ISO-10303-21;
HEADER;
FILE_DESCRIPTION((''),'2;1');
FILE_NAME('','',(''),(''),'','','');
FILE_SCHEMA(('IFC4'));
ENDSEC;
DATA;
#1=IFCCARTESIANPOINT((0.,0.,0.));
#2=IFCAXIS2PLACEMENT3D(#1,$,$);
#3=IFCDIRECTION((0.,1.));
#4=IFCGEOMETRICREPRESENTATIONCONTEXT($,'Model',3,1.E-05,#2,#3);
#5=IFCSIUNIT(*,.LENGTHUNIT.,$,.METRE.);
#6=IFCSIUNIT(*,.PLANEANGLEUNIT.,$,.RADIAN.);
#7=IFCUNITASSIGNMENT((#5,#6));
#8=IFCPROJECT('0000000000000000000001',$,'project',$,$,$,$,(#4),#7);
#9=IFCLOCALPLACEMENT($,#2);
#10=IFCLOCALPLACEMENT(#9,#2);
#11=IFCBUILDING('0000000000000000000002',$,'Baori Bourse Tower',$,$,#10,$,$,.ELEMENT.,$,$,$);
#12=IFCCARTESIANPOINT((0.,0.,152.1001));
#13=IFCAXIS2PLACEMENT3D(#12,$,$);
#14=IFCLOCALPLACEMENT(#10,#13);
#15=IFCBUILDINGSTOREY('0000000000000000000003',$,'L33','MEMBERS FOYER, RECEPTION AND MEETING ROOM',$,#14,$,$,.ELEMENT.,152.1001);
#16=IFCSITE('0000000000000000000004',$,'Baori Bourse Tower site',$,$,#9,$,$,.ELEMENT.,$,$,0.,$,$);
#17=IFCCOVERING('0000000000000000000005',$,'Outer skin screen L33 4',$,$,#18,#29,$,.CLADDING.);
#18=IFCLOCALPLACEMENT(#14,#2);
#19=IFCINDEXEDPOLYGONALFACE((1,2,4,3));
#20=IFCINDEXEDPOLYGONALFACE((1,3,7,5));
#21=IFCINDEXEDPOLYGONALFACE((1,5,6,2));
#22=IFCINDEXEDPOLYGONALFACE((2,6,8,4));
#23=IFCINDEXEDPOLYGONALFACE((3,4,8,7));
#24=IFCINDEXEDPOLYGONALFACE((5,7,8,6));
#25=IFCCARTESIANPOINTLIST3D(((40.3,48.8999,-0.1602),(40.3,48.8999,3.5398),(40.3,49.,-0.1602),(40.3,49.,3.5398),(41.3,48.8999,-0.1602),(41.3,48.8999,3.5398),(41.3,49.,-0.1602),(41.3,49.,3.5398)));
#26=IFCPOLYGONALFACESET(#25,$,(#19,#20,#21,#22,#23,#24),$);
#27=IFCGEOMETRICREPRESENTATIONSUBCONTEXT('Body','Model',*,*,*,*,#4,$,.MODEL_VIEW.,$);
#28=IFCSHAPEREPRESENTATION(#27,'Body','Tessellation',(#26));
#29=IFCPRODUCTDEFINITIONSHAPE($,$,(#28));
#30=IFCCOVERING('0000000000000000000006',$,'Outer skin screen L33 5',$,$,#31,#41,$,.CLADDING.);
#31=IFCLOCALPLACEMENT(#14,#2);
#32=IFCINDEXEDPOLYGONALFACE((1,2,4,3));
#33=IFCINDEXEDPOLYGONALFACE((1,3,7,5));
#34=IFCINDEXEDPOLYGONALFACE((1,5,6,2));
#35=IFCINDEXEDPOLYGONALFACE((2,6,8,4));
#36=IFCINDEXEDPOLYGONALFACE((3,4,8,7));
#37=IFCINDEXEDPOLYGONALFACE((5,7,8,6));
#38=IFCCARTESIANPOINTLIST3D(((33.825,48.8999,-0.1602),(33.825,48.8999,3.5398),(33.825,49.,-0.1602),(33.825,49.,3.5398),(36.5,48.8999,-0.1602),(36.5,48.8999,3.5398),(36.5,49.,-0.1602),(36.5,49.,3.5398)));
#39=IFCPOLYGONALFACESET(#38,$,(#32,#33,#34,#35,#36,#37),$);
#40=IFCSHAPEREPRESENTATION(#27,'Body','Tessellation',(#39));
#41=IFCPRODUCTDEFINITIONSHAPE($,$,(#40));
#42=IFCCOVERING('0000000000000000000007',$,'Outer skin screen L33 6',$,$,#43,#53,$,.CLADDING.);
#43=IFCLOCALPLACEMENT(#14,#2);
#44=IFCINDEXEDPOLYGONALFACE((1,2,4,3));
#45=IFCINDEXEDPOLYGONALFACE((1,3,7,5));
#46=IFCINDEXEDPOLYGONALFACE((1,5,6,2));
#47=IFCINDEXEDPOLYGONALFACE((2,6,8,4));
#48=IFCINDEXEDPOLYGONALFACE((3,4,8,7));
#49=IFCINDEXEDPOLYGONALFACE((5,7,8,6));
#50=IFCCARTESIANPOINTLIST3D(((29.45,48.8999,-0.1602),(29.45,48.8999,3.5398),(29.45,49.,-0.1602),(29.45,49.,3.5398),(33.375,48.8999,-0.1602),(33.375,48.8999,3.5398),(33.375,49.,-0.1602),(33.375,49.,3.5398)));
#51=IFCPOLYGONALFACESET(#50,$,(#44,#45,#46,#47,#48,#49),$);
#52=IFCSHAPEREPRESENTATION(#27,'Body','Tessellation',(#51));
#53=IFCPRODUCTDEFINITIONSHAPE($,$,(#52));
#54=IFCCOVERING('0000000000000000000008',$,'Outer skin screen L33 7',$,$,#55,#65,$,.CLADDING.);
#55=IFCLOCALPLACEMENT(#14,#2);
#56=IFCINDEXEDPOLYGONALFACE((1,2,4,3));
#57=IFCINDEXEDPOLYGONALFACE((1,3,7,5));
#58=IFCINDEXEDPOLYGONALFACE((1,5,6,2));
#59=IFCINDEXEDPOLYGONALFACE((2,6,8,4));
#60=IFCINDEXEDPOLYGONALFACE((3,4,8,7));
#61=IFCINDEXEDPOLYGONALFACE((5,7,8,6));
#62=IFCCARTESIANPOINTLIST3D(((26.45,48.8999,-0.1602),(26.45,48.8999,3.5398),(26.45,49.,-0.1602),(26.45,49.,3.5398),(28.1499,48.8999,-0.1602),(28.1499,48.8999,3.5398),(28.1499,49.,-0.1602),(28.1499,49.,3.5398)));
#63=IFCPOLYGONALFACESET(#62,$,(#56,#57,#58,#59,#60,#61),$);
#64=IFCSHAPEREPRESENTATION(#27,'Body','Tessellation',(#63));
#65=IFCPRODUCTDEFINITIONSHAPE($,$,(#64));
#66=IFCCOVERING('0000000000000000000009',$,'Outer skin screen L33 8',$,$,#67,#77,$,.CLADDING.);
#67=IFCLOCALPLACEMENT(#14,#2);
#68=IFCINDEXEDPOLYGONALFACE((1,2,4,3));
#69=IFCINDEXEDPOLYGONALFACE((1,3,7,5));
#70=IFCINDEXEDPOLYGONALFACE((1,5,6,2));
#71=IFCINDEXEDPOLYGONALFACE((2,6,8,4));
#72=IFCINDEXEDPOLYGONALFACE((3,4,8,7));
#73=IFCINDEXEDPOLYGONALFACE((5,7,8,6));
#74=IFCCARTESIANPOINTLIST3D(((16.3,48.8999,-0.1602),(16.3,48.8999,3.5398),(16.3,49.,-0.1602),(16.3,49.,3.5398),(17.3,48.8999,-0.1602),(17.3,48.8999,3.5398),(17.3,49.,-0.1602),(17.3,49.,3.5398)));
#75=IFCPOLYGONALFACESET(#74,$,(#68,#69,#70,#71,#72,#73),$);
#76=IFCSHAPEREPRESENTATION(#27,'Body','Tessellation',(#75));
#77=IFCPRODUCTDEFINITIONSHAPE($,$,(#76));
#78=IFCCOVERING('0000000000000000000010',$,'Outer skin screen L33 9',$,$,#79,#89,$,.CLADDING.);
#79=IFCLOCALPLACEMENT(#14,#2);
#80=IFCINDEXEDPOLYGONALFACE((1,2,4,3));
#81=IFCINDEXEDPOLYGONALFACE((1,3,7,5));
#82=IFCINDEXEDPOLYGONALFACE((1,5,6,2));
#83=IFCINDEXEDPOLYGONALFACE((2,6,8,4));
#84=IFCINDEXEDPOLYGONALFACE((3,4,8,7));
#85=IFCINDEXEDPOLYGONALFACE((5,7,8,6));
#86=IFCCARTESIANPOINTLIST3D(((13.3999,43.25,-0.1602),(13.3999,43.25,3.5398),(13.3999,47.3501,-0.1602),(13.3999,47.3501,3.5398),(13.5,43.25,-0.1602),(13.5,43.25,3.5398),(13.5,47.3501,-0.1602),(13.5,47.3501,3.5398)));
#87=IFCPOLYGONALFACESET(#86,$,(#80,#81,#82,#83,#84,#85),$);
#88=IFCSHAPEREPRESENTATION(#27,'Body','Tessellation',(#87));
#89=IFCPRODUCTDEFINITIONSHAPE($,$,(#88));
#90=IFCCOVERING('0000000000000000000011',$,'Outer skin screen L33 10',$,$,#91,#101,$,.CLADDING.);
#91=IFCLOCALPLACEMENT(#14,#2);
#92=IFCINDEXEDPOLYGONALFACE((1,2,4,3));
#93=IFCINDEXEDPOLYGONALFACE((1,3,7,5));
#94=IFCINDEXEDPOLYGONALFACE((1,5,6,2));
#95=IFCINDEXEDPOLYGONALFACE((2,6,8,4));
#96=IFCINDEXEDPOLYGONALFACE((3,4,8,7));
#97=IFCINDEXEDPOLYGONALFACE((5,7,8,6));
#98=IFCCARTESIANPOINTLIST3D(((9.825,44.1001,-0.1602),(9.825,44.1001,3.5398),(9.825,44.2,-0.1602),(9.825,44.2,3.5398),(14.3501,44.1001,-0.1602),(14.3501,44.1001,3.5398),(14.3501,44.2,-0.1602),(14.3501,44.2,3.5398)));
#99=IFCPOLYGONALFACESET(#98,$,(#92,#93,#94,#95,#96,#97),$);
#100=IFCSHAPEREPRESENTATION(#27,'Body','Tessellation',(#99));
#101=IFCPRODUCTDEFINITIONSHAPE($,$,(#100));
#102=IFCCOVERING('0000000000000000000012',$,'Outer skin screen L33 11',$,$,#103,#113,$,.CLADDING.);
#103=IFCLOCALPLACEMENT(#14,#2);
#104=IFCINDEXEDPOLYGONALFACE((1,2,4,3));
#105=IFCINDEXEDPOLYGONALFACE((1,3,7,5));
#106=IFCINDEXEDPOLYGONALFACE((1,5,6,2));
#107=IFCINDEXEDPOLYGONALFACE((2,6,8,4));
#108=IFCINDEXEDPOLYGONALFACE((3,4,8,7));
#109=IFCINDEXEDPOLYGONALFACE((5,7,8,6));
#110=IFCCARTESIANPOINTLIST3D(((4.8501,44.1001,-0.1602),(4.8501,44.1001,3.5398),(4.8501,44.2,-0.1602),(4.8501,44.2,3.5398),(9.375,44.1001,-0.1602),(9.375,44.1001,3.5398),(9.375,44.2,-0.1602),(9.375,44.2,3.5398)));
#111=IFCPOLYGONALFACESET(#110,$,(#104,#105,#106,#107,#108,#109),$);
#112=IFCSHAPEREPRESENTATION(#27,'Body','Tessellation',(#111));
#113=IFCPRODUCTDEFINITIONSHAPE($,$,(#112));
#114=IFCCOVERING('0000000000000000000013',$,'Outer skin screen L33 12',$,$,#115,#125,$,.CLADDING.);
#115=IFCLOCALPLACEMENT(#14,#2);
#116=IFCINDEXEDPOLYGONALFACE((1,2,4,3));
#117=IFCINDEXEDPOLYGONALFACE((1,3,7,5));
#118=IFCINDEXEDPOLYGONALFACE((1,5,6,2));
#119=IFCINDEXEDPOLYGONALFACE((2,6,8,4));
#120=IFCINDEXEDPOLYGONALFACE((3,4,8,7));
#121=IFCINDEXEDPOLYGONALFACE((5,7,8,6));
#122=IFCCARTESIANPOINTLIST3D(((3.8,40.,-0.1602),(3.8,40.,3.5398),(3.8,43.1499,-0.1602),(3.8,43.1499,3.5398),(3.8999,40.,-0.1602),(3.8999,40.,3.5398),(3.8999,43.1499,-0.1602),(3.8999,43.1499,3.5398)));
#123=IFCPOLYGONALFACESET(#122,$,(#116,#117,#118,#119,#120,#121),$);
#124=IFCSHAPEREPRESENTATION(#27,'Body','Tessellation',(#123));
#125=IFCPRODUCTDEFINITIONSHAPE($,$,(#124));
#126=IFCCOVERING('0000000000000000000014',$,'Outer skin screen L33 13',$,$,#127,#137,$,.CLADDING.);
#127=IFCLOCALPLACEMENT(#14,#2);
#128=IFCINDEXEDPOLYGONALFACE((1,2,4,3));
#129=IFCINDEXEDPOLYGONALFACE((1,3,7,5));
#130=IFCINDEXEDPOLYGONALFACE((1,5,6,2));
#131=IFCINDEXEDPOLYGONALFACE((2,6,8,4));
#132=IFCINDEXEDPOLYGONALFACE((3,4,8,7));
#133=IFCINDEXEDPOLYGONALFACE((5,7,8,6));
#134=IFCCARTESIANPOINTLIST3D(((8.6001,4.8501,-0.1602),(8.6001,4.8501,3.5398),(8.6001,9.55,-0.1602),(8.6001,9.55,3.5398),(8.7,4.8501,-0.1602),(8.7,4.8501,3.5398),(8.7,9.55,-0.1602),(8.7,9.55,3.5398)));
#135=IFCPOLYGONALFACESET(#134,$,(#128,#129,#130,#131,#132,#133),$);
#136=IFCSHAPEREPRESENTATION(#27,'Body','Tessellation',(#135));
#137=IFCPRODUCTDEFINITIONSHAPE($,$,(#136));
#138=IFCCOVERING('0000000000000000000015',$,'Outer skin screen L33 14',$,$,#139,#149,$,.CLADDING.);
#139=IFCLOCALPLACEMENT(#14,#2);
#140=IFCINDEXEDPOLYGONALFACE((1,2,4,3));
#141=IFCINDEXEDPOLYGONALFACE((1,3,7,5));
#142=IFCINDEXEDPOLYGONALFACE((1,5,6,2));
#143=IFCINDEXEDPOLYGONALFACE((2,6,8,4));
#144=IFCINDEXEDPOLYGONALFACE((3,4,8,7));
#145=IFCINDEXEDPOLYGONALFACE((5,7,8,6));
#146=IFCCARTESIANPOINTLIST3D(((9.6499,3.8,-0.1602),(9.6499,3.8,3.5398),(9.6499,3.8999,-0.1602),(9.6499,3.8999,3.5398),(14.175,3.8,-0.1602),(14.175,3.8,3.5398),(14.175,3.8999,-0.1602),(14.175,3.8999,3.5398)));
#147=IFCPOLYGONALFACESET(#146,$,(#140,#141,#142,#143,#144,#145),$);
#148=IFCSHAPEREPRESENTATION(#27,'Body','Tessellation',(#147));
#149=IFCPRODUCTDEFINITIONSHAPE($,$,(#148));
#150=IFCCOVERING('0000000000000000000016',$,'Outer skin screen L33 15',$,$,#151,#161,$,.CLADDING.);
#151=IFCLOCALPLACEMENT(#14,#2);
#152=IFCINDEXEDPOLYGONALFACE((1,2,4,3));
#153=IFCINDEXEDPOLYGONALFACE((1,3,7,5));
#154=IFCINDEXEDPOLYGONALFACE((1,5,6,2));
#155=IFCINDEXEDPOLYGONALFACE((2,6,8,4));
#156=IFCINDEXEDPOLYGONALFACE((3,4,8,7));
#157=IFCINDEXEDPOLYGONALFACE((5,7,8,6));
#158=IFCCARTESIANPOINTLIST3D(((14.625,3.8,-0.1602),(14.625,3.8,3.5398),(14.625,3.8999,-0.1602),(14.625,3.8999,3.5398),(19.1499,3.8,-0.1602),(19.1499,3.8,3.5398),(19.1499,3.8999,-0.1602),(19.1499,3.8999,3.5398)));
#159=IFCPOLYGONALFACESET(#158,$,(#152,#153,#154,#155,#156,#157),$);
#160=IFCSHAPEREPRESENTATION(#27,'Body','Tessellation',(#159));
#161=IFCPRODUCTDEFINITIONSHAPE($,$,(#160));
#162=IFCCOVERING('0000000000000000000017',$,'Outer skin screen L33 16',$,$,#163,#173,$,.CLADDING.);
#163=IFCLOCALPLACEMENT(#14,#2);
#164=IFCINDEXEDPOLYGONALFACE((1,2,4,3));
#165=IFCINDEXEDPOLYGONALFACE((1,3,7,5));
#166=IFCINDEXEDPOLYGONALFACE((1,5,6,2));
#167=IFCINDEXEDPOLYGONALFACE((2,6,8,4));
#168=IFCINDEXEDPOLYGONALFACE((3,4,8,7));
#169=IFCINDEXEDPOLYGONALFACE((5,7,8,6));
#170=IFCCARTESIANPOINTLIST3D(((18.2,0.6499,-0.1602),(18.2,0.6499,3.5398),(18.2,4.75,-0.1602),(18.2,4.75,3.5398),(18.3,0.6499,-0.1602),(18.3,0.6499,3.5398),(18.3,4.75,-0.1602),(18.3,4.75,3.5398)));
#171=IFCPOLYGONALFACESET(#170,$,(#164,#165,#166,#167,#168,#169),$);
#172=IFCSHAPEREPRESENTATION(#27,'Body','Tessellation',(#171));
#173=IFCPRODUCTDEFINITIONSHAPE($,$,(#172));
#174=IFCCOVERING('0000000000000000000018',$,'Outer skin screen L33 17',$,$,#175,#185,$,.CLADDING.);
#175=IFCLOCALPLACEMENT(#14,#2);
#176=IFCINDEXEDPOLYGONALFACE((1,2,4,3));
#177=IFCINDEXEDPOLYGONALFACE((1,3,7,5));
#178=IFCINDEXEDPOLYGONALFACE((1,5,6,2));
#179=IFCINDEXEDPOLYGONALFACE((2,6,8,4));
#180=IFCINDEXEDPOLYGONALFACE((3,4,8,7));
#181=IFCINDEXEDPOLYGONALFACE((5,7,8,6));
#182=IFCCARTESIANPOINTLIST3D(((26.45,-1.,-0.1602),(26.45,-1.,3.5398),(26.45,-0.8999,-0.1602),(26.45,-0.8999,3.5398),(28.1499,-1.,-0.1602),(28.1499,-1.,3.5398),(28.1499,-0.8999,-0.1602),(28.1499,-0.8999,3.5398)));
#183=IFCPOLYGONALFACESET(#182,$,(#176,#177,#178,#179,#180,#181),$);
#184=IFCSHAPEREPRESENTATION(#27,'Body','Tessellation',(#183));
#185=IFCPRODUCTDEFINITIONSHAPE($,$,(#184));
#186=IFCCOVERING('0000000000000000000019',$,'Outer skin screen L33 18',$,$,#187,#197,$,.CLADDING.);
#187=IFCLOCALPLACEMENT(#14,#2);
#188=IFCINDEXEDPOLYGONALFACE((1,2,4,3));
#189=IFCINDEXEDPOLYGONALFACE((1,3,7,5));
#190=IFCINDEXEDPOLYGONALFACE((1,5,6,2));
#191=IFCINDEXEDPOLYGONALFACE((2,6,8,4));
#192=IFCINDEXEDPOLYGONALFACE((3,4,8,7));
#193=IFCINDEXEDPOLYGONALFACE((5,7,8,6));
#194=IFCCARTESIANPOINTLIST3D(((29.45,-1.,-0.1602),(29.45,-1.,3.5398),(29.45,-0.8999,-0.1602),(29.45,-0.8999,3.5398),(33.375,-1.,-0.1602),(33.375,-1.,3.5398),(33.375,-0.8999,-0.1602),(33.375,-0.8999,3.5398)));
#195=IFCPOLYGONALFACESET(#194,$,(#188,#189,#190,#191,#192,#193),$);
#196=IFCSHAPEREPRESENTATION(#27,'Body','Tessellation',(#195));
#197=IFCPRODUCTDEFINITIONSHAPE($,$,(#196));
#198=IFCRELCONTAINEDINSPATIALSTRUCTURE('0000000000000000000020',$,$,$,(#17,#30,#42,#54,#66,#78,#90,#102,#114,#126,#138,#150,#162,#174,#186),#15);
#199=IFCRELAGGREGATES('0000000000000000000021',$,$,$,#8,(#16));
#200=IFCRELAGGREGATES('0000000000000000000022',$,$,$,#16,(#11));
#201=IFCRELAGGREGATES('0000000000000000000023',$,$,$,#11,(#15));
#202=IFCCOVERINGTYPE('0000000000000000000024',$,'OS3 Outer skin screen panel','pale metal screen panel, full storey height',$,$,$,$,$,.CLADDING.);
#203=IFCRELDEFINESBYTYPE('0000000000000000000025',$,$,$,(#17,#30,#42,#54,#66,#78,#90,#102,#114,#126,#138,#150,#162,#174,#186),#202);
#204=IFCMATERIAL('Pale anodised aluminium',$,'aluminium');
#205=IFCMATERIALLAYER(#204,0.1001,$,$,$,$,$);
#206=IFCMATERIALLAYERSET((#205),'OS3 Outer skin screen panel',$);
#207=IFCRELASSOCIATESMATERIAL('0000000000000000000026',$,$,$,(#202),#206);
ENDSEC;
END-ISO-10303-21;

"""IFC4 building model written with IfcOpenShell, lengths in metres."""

from ifc_helpers import new_model, si_unit, direction, frame, origin, place, context, subcontext, project, spatial, polyline, outline, extrude, material, layer, layer_set, type_object, element, save


model = new_model("IFC4")

# Units and contexts
model_context = context("Model", 3, precision=1e-05, world=origin(), true_north=direction((0.0, 1.0)))
body_context = subcontext(model_context, "Body", "Model", "MODEL_VIEW")
ifc_project = project(units=[si_unit("LENGTHUNIT", "METRE"), si_unit("PLANEANGLEUNIT", "RADIAN")], contexts=[model_context])

# Site, building, storey
site_placement = place(None, origin())
site = spatial("IfcSite", under=ifc_project, at=site_placement, Name="Baori Bourse Tower site", CompositionType="ELEMENT", RefElevation=0.0)
building_placement = place(site_placement, origin())
building = spatial("IfcBuilding", under=site, at=building_placement, Name="Baori Bourse Tower", CompositionType="ELEMENT")
storey_placement = place(building_placement, frame((0.0, 0.0, 152.1001)))
storey = spatial("IfcBuildingStorey", under=building, at=storey_placement, Name="L33", Description="MEMBERS FOYER, RECEPTION AND MEETING ROOM", CompositionType="ELEMENT", Elevation=152.1001)

# Coverings
ifc_material_1 = material(Name="Pale anodised aluminium", Category="aluminium")
ifc_layer_1 = layer(ifc_material_1, 0.1001)
ifc_layer_set_1 = layer_set([ifc_layer_1], Name="OS3 Outer skin screen panel")
covering_type = type_object("IfcCoveringType", Name="OS3 Outer skin screen panel", Description="pale metal screen panel, full storey height", PredefinedType="CLADDING", material=ifc_layer_set_1)
covering_1_placement = place(storey_placement, frame((0.0, 0.0, -0.1602)))
element("IfcCovering", 1, at=covering_1_placement, inside=storey, type_object=covering_type, Name="Outer skin screen L33 4", PredefinedType="CLADDING", context=body_context, shape_type="SweptSolid", body=[
    extrude(outline(polyline([(40.3, 48.8999), (41.3, 48.8999), (41.3, 49.0), (40.3, 49.0), (40.3, 48.8999)])), origin(), (0.0, 0.0, 1.0), 3.7),
])
covering_2_placement = place(storey_placement, frame((0.0, 0.0, -0.1602)))
element("IfcCovering", 2, at=covering_2_placement, inside=storey, type_object=covering_type, Name="Outer skin screen L33 5", PredefinedType="CLADDING", context=body_context, shape_type="SweptSolid", body=[
    extrude(outline(polyline([(33.825, 48.8999), (36.5, 48.8999), (36.5, 49.0), (33.825, 49.0), (33.825, 48.8999)])), origin(), (0.0, 0.0, 1.0), 3.7),
])
covering_3_placement = place(storey_placement, frame((0.0, 0.0, -0.1602)))
element("IfcCovering", 3, at=covering_3_placement, inside=storey, type_object=covering_type, Name="Outer skin screen L33 6", PredefinedType="CLADDING", context=body_context, shape_type="SweptSolid", body=[
    extrude(outline(polyline([(29.45, 48.8999), (33.375, 48.8999), (33.375, 49.0), (29.45, 49.0), (29.45, 48.8999)])), origin(), (0.0, 0.0, 1.0), 3.7),
])
covering_4_placement = place(storey_placement, frame((0.0, 0.0, -0.1602)))
element("IfcCovering", 4, at=covering_4_placement, inside=storey, type_object=covering_type, Name="Outer skin screen L33 7", PredefinedType="CLADDING", context=body_context, shape_type="SweptSolid", body=[
    extrude(outline(polyline([(26.45, 48.8999), (28.1499, 48.8999), (28.1499, 49.0), (26.45, 49.0), (26.45, 48.8999)])), origin(), (0.0, 0.0, 1.0), 3.7),
])
covering_5_placement = place(storey_placement, frame((0.0, 0.0, -0.1602)))
element("IfcCovering", 5, at=covering_5_placement, inside=storey, type_object=covering_type, Name="Outer skin screen L33 8", PredefinedType="CLADDING", context=body_context, shape_type="SweptSolid", body=[
    extrude(outline(polyline([(16.3, 48.8999), (17.3, 48.8999), (17.3, 49.0), (16.3, 49.0), (16.3, 48.8999)])), origin(), (0.0, 0.0, 1.0), 3.7),
])
covering_6_placement = place(storey_placement, frame((0.0, 0.0, -0.1602)))
element("IfcCovering", 6, at=covering_6_placement, inside=storey, type_object=covering_type, Name="Outer skin screen L33 9", PredefinedType="CLADDING", context=body_context, shape_type="SweptSolid", body=[
    extrude(outline(polyline([(13.5, 43.25), (13.5, 47.3501), (13.3999, 47.3501), (13.3999, 43.25), (13.5, 43.25)])), origin(), (0.0, 0.0, 1.0), 3.7),
])
covering_7_placement = place(storey_placement, frame((0.0, 0.0, -0.1602)))
element("IfcCovering", 7, at=covering_7_placement, inside=storey, type_object=covering_type, Name="Outer skin screen L33 10", PredefinedType="CLADDING", context=body_context, shape_type="SweptSolid", body=[
    extrude(outline(polyline([(9.825, 44.1001), (14.3501, 44.1001), (14.3501, 44.2), (9.825, 44.2), (9.825, 44.1001)])), origin(), (0.0, 0.0, 1.0), 3.7),
])
covering_8_placement = place(storey_placement, frame((0.0, 0.0, -0.1602)))
element("IfcCovering", 8, at=covering_8_placement, inside=storey, type_object=covering_type, Name="Outer skin screen L33 11", PredefinedType="CLADDING", context=body_context, shape_type="SweptSolid", body=[
    extrude(outline(polyline([(4.8501, 44.1001), (9.375, 44.1001), (9.375, 44.2), (4.8501, 44.2), (4.8501, 44.1001)])), origin(), (0.0, 0.0, 1.0), 3.7),
])
covering_9_placement = place(storey_placement, frame((0.0, 0.0, -0.1602)))
element("IfcCovering", 9, at=covering_9_placement, inside=storey, type_object=covering_type, Name="Outer skin screen L33 12", PredefinedType="CLADDING", context=body_context, shape_type="SweptSolid", body=[
    extrude(outline(polyline([(3.8999, 40.0), (3.8999, 43.1499), (3.8, 43.1499), (3.8, 40.0), (3.8999, 40.0), (3.8999, 40.0)])), origin(), (0.0, 0.0, 1.0), 3.7),
])
covering_10_placement = place(storey_placement, frame((0.0, 0.0, -0.1602)))
element("IfcCovering", 10, at=covering_10_placement, inside=storey, type_object=covering_type, Name="Outer skin screen L33 13", PredefinedType="CLADDING", context=body_context, shape_type="SweptSolid", body=[
    extrude(outline(polyline([(8.7, 4.8501), (8.7, 9.55), (8.6001, 9.55), (8.6001, 4.8501), (8.7, 4.8501)])), origin(), (0.0, 0.0, 1.0), 3.7),
])
covering_11_placement = place(storey_placement, frame((0.0, 0.0, -0.1602)))
element("IfcCovering", 11, at=covering_11_placement, inside=storey, type_object=covering_type, Name="Outer skin screen L33 14", PredefinedType="CLADDING", context=body_context, shape_type="SweptSolid", body=[
    extrude(outline(polyline([(14.175, 3.8999), (9.6499, 3.8999), (9.6499, 3.8), (14.175, 3.8), (14.175, 3.8999)])), origin(), (0.0, 0.0, 1.0), 3.7),
])
covering_12_placement = place(storey_placement, frame((0.0, 0.0, -0.1602)))
element("IfcCovering", 12, at=covering_12_placement, inside=storey, type_object=covering_type, Name="Outer skin screen L33 15", PredefinedType="CLADDING", context=body_context, shape_type="SweptSolid", body=[
    extrude(outline(polyline([(19.1499, 3.8999), (14.625, 3.8999), (14.625, 3.8), (19.1499, 3.8), (19.1499, 3.8999)])), origin(), (0.0, 0.0, 1.0), 3.7),
])
covering_13_placement = place(storey_placement, frame((0.0, 0.0, -0.1602)))
element("IfcCovering", 13, at=covering_13_placement, inside=storey, type_object=covering_type, Name="Outer skin screen L33 16", PredefinedType="CLADDING", context=body_context, shape_type="SweptSolid", body=[
    extrude(outline(polyline([(18.3, 0.6499), (18.3, 4.75), (18.2, 4.75), (18.2, 0.6499), (18.3, 0.6499)])), origin(), (0.0, 0.0, 1.0), 3.7),
])
covering_14_placement = place(storey_placement, frame((0.0, 0.0, -0.1602)))
element("IfcCovering", 14, at=covering_14_placement, inside=storey, type_object=covering_type, Name="Outer skin screen L33 17", PredefinedType="CLADDING", context=body_context, shape_type="SweptSolid", body=[
    extrude(outline(polyline([(28.1499, -0.8999), (26.45, -0.8999), (26.45, -1.0), (28.1499, -1.0), (28.1499, -0.8999)])), origin(), (0.0, 0.0, 1.0), 3.7),
])
covering_15_placement = place(storey_placement, frame((0.0, 0.0, -0.1602)))
element("IfcCovering", 15, at=covering_15_placement, inside=storey, type_object=covering_type, Name="Outer skin screen L33 18", PredefinedType="CLADDING", context=body_context, shape_type="SweptSolid", body=[
    extrude(outline(polyline([(33.375, -0.8999), (29.45, -0.8999), (29.45, -1.0), (33.375, -1.0), (33.375, -0.8999)])), origin(), (0.0, 0.0, 1.0), 3.7),
])

save(model, "model.ifc")
